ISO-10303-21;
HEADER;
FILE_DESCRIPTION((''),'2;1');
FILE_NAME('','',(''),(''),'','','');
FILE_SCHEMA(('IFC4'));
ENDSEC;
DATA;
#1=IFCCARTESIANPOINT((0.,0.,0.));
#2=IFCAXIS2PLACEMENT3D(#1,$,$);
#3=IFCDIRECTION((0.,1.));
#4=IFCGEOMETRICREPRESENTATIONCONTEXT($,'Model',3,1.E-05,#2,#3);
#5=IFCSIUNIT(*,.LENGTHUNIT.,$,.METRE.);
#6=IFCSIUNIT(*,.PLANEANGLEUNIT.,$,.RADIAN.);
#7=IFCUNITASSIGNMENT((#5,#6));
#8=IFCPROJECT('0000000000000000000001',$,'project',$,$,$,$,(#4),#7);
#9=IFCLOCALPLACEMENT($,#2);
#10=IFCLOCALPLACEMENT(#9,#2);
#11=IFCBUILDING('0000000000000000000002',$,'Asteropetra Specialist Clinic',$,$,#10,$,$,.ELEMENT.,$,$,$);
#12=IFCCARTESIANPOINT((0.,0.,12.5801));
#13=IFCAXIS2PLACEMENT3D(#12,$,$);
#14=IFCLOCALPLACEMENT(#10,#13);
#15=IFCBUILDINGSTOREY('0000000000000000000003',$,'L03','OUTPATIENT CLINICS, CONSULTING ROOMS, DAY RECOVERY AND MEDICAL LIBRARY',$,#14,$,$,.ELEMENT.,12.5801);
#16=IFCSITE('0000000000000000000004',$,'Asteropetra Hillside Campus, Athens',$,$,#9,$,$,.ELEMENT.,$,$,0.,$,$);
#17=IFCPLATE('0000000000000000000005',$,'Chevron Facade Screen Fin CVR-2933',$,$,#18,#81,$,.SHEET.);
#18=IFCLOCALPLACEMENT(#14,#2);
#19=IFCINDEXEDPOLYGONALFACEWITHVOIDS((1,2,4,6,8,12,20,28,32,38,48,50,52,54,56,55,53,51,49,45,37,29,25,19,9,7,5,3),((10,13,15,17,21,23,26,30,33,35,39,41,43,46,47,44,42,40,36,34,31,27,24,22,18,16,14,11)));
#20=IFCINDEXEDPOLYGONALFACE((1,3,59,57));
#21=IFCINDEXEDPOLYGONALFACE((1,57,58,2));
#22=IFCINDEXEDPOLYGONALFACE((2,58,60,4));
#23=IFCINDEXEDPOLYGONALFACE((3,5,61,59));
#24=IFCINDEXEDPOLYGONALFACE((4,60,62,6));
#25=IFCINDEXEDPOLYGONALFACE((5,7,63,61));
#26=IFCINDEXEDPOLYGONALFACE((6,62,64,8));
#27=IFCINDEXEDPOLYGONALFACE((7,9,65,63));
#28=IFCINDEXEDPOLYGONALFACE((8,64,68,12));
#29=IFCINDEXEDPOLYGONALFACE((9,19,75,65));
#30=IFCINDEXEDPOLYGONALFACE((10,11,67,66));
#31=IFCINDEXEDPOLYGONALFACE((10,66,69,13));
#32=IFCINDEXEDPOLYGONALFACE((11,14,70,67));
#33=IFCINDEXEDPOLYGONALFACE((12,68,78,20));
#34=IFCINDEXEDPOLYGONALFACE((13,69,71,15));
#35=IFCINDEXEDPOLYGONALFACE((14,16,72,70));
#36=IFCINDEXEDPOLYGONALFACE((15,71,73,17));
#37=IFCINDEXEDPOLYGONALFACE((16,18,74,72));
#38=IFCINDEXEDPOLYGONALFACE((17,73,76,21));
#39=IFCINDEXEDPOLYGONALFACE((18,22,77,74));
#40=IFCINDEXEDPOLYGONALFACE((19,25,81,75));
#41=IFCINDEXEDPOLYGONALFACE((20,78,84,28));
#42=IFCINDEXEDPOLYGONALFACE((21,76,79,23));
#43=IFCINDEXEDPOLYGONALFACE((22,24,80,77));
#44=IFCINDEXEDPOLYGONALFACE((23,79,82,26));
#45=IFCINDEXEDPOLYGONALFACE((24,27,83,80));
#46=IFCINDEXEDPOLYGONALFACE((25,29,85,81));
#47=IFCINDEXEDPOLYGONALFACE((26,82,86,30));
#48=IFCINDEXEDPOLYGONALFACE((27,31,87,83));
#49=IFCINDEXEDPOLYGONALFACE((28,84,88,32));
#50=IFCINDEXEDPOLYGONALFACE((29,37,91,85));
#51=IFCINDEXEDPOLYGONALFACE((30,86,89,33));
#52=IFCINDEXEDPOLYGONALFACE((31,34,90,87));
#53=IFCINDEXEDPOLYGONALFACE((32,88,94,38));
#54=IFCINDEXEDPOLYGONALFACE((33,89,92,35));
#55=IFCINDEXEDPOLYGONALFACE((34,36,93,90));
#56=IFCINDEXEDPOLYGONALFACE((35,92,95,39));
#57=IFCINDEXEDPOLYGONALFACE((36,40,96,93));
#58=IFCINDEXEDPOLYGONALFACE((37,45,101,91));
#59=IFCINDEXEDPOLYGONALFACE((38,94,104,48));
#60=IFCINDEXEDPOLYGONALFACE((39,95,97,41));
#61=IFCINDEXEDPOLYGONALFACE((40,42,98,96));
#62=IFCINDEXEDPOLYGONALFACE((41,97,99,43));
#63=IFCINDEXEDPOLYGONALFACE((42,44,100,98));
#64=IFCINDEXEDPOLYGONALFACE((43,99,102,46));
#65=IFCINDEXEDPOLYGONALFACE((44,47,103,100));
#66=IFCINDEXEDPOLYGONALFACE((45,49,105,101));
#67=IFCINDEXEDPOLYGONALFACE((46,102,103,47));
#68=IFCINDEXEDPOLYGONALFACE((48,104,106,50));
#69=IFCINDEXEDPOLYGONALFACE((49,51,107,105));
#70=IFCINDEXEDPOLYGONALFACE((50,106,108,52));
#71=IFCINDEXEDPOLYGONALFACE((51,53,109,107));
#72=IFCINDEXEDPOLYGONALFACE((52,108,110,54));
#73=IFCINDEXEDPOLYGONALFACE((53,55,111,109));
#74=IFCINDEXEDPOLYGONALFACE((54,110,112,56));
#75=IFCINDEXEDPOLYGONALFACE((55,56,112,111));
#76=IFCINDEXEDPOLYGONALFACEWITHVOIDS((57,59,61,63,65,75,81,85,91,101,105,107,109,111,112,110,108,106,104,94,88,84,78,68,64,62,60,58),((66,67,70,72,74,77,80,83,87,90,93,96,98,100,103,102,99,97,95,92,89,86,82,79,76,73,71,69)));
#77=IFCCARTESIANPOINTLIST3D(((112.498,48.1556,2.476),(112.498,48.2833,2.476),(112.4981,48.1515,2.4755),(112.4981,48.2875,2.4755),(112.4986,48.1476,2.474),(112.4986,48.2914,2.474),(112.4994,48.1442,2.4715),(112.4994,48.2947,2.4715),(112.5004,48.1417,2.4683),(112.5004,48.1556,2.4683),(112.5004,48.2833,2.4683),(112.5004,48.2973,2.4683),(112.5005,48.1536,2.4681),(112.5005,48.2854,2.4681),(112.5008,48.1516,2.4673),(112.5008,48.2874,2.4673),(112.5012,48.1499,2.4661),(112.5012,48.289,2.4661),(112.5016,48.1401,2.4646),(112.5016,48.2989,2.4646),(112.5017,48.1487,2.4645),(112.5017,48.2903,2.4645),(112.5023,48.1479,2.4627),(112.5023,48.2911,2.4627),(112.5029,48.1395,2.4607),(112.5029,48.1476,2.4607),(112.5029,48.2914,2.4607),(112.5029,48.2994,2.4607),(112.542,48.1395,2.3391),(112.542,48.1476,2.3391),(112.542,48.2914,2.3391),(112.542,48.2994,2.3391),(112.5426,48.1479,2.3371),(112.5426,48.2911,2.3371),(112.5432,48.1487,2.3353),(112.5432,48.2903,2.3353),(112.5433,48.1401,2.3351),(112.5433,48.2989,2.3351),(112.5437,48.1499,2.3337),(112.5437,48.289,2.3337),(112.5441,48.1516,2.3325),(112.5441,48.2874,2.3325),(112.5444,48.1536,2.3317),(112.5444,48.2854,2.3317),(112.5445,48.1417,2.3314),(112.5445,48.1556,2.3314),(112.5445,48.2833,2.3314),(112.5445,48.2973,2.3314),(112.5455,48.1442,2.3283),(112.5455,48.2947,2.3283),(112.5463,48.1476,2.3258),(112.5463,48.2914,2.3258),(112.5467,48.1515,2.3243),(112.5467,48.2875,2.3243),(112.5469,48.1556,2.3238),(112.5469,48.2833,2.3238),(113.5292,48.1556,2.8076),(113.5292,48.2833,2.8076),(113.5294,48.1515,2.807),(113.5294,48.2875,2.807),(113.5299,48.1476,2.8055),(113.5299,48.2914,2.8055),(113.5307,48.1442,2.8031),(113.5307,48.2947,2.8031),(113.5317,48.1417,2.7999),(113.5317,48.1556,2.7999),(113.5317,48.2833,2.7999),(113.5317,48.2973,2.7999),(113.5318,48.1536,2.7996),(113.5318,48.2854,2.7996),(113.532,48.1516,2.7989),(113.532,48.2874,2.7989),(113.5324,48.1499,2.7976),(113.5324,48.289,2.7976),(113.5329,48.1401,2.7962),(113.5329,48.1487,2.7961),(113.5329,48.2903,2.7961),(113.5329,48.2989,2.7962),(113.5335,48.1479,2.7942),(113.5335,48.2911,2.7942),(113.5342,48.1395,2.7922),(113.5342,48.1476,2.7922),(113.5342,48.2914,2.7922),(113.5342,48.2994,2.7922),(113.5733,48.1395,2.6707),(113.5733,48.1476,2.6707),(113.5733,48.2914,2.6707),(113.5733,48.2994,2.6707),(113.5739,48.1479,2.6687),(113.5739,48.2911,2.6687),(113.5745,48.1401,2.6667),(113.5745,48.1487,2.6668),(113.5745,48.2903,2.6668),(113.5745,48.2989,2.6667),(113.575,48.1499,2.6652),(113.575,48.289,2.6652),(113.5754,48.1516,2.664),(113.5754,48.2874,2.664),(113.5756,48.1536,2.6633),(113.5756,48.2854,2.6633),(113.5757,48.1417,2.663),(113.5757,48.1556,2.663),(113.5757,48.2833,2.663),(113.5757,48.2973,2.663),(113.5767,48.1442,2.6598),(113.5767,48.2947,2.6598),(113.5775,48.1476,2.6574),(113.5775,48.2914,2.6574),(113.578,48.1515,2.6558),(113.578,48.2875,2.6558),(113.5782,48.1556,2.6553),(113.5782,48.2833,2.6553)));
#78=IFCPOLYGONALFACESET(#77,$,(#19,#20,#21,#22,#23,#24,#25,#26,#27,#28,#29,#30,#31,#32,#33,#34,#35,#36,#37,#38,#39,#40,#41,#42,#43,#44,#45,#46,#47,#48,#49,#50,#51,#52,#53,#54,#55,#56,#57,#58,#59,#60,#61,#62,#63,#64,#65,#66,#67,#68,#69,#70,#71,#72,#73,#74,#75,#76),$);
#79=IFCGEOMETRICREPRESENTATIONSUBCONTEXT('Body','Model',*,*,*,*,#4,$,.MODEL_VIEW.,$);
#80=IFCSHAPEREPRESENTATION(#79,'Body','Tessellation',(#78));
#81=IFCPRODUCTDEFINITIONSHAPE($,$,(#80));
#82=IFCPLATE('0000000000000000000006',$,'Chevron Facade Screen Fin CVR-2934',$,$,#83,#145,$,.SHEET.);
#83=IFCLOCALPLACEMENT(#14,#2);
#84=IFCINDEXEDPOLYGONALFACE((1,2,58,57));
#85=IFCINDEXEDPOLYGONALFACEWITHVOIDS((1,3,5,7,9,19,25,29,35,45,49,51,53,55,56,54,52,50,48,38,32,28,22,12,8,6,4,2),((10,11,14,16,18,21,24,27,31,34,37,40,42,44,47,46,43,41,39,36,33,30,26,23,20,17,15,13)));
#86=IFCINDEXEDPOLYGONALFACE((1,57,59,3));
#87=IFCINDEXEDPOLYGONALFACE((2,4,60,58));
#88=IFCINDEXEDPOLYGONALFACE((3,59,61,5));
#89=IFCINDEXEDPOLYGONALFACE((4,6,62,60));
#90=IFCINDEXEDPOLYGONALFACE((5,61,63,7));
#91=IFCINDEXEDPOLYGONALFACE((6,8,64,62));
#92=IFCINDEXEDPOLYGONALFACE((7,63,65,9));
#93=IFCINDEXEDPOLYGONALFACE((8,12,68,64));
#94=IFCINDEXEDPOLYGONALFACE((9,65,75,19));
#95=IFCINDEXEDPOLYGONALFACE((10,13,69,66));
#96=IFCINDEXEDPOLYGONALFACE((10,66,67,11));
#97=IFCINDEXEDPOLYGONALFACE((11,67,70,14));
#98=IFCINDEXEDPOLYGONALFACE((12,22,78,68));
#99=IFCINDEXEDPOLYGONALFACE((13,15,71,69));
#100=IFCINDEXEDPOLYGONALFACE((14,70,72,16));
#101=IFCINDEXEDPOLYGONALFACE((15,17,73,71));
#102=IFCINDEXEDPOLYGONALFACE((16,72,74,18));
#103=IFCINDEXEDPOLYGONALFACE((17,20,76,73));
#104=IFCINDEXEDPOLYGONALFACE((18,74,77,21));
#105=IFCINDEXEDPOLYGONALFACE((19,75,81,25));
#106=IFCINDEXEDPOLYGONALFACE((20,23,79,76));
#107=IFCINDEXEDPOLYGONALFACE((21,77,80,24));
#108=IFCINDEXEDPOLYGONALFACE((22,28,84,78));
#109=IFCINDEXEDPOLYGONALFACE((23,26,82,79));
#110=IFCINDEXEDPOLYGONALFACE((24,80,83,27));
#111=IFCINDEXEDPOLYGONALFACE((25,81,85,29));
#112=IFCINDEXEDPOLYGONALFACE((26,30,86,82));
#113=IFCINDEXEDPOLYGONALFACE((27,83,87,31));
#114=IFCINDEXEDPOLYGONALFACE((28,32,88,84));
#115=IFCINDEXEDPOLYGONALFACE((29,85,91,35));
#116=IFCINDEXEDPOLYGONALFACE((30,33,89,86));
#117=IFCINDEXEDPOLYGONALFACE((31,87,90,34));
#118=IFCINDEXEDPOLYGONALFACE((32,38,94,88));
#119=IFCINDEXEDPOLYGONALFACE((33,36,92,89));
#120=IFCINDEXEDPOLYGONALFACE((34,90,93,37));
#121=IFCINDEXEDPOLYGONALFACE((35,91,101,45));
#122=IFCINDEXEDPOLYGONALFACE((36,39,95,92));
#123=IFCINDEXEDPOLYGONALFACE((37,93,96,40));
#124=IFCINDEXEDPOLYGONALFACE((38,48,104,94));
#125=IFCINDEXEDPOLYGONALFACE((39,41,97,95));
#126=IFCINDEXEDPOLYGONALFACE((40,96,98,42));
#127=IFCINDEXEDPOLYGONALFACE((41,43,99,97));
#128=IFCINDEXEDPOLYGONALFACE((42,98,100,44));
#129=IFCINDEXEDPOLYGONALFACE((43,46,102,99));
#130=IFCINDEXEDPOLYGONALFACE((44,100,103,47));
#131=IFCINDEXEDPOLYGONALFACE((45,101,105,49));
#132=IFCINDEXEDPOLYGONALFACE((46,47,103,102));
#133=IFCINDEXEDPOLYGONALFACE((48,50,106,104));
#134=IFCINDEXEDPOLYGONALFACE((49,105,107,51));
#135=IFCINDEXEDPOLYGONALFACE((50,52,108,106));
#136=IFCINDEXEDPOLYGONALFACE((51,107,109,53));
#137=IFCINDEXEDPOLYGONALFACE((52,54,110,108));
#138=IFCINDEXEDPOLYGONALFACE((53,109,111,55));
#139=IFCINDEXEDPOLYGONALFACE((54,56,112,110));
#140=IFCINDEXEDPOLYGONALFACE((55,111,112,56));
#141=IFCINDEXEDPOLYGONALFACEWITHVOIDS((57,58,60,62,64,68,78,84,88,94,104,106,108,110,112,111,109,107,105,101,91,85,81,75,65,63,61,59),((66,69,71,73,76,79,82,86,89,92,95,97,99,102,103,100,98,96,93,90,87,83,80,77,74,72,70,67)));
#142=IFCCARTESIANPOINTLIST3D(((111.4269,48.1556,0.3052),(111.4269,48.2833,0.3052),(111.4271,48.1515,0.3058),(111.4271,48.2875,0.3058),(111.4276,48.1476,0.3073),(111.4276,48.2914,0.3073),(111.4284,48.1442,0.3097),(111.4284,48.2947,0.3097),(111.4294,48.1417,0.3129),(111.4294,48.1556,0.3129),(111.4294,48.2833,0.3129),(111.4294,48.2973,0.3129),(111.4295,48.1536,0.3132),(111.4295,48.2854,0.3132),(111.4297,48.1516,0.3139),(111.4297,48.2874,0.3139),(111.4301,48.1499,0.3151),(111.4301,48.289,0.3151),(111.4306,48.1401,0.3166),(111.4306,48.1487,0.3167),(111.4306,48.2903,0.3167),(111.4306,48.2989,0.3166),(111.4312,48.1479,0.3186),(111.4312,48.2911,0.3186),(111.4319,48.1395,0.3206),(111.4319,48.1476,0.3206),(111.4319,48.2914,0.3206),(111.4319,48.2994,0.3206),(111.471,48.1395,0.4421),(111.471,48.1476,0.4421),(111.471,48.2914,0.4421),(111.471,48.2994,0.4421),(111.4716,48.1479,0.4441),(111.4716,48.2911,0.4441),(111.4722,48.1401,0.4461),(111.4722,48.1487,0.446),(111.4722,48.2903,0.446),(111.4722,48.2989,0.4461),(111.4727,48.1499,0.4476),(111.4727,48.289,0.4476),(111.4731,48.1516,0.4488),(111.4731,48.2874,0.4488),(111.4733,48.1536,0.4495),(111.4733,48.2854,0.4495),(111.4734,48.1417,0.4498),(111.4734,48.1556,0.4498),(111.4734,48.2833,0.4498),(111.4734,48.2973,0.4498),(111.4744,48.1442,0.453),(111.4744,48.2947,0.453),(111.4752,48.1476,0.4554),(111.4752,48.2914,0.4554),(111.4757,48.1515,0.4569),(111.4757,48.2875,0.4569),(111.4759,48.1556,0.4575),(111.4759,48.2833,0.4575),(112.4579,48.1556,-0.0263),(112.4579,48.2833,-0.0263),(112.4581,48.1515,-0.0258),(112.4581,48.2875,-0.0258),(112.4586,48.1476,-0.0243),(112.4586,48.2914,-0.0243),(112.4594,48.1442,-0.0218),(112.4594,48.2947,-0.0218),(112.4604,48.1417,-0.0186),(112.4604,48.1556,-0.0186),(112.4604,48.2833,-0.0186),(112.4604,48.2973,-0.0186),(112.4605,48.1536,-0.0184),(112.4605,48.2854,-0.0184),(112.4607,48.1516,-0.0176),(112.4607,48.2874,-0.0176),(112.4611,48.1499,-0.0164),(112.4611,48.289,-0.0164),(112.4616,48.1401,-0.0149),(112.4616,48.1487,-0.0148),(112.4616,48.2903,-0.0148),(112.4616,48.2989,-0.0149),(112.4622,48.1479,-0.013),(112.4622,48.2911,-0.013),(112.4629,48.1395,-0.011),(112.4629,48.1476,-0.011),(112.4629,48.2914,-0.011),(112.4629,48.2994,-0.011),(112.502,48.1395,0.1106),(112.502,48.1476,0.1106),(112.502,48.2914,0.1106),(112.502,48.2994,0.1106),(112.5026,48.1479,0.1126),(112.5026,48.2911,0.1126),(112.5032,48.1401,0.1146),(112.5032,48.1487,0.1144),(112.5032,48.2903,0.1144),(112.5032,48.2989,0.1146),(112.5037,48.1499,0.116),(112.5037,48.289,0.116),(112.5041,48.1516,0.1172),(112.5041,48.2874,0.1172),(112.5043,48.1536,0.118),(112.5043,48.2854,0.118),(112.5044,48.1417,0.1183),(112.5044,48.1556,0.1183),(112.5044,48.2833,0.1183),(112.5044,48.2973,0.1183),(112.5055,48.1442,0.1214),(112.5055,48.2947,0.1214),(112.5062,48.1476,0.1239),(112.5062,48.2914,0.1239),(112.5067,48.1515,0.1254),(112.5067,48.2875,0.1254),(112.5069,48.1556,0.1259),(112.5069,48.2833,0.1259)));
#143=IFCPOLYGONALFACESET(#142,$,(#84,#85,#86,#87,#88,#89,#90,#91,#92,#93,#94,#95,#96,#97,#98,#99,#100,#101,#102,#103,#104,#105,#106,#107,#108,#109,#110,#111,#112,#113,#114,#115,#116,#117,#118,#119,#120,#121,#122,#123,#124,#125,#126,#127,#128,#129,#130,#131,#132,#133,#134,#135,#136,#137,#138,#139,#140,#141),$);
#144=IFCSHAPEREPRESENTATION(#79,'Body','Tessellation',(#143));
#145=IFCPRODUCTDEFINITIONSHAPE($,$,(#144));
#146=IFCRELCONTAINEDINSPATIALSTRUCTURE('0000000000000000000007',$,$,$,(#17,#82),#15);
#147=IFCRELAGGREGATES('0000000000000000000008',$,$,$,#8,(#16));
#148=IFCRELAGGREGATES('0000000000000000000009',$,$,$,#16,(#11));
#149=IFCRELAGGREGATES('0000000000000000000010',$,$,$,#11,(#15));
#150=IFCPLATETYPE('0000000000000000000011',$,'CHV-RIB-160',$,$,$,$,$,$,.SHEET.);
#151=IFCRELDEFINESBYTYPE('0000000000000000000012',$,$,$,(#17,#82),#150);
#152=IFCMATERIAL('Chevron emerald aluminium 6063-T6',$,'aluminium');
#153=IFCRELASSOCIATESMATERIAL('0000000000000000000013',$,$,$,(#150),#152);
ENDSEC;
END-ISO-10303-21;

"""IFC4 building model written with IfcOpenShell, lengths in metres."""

from ifc_helpers import new_model, si_unit, direction, frame, origin, origin_2d, place, context, subcontext, project, spatial, hollow_rectangle, extrude, material, material_profile, profile_set, type_object, element, save


model = new_model("IFC4")

# Units and contexts
model_context = context("Model", 3, precision=1e-05, world=origin(), true_north=direction((0.0, 1.0)))
body_context = subcontext(model_context, "Body", "Model", "MODEL_VIEW")
ifc_project = project(units=[si_unit("LENGTHUNIT", "METRE"), si_unit("PLANEANGLEUNIT", "RADIAN")], contexts=[model_context])

# Site, building, storey
site_placement = place(None, origin())
site = spatial("IfcSite", under=ifc_project, at=site_placement, Name="Asteropetra Hillside Campus, Athens", CompositionType="ELEMENT", RefElevation=0.0)
building_placement = place(site_placement, origin())
building = spatial("IfcBuilding", under=site, at=building_placement, Name="Asteropetra Specialist Clinic", CompositionType="ELEMENT")
storey_placement = place(building_placement, frame((0.0, 0.0, 12.5801)))
storey = spatial("IfcBuildingStorey", under=building, at=storey_placement, Name="L03", Description="OUTPATIENT CLINICS, CONSULTING ROOMS, DAY RECOVERY AND MEDICAL LIBRARY", CompositionType="ELEMENT", Elevation=12.5801)

# Plates
ifc_material_1 = material(Name="Chevron emerald aluminium 6063-T6", Category="aluminium")
ifc_material_profile_1 = material_profile(ifc_material_1, hollow_rectangle(XDim=0.1599, YDim=0.1599, WallThickness=0.0081, InnerFilletRadius=0.0081, OuterFilletRadius=0.0161, at=origin_2d()), Name="SHS 160x160x8.0")
ifc_profile_set_1 = profile_set([ifc_material_profile_1], Name="Chevron emerald aluminium 6063-T6")
plate_type = type_object("IfcPlateType", Name="CHV-RIB-160", PredefinedType="SHEET", material=ifc_profile_set_1)
for number, where, z_axis, x_axis, name in (
    (1, (113.5537, 48.2195, 2.7314), (-0.95201, 0.0, -0.306068), (0.0, -1.0, 0.0), "Chevron Facade Screen Fin CVR-2933"),
):
    element("IfcPlate", number, at=place(storey_placement, frame(where, z_axis=z_axis, x_axis=x_axis)), inside=storey, type_object=plate_type, Name=name, PredefinedType="SHEET", context=body_context, shape_type="SweptSolid", body=[
        extrude(hollow_rectangle(XDim=0.1599, YDim=0.1599, WallThickness=0.0081, InnerFilletRadius=0.0081, OuterFilletRadius=0.0161, at=origin_2d()), origin(), (0.0, 0.0, 1.0), 1.0833),
    ])
for number, where, z_axis, x_axis, name in (
    (2, (112.4824, 48.2195, 0.0498), (-0.951989, 0.0, 0.306133), (0.0, -1.0, 0.0), "Chevron Facade Screen Fin CVR-2934"),
):
    element("IfcPlate", number, at=place(storey_placement, frame(where, z_axis=z_axis, x_axis=x_axis)), inside=storey, type_object=plate_type, Name=name, PredefinedType="SHEET", context=body_context, shape_type="SweptSolid", body=[
        extrude(hollow_rectangle(XDim=0.1599, YDim=0.1599, WallThickness=0.0081, InnerFilletRadius=0.0081, OuterFilletRadius=0.0161, at=origin_2d()), origin(), (0.0, 0.0, 1.0), 1.083),
    ])

save(model, "model.ifc")
